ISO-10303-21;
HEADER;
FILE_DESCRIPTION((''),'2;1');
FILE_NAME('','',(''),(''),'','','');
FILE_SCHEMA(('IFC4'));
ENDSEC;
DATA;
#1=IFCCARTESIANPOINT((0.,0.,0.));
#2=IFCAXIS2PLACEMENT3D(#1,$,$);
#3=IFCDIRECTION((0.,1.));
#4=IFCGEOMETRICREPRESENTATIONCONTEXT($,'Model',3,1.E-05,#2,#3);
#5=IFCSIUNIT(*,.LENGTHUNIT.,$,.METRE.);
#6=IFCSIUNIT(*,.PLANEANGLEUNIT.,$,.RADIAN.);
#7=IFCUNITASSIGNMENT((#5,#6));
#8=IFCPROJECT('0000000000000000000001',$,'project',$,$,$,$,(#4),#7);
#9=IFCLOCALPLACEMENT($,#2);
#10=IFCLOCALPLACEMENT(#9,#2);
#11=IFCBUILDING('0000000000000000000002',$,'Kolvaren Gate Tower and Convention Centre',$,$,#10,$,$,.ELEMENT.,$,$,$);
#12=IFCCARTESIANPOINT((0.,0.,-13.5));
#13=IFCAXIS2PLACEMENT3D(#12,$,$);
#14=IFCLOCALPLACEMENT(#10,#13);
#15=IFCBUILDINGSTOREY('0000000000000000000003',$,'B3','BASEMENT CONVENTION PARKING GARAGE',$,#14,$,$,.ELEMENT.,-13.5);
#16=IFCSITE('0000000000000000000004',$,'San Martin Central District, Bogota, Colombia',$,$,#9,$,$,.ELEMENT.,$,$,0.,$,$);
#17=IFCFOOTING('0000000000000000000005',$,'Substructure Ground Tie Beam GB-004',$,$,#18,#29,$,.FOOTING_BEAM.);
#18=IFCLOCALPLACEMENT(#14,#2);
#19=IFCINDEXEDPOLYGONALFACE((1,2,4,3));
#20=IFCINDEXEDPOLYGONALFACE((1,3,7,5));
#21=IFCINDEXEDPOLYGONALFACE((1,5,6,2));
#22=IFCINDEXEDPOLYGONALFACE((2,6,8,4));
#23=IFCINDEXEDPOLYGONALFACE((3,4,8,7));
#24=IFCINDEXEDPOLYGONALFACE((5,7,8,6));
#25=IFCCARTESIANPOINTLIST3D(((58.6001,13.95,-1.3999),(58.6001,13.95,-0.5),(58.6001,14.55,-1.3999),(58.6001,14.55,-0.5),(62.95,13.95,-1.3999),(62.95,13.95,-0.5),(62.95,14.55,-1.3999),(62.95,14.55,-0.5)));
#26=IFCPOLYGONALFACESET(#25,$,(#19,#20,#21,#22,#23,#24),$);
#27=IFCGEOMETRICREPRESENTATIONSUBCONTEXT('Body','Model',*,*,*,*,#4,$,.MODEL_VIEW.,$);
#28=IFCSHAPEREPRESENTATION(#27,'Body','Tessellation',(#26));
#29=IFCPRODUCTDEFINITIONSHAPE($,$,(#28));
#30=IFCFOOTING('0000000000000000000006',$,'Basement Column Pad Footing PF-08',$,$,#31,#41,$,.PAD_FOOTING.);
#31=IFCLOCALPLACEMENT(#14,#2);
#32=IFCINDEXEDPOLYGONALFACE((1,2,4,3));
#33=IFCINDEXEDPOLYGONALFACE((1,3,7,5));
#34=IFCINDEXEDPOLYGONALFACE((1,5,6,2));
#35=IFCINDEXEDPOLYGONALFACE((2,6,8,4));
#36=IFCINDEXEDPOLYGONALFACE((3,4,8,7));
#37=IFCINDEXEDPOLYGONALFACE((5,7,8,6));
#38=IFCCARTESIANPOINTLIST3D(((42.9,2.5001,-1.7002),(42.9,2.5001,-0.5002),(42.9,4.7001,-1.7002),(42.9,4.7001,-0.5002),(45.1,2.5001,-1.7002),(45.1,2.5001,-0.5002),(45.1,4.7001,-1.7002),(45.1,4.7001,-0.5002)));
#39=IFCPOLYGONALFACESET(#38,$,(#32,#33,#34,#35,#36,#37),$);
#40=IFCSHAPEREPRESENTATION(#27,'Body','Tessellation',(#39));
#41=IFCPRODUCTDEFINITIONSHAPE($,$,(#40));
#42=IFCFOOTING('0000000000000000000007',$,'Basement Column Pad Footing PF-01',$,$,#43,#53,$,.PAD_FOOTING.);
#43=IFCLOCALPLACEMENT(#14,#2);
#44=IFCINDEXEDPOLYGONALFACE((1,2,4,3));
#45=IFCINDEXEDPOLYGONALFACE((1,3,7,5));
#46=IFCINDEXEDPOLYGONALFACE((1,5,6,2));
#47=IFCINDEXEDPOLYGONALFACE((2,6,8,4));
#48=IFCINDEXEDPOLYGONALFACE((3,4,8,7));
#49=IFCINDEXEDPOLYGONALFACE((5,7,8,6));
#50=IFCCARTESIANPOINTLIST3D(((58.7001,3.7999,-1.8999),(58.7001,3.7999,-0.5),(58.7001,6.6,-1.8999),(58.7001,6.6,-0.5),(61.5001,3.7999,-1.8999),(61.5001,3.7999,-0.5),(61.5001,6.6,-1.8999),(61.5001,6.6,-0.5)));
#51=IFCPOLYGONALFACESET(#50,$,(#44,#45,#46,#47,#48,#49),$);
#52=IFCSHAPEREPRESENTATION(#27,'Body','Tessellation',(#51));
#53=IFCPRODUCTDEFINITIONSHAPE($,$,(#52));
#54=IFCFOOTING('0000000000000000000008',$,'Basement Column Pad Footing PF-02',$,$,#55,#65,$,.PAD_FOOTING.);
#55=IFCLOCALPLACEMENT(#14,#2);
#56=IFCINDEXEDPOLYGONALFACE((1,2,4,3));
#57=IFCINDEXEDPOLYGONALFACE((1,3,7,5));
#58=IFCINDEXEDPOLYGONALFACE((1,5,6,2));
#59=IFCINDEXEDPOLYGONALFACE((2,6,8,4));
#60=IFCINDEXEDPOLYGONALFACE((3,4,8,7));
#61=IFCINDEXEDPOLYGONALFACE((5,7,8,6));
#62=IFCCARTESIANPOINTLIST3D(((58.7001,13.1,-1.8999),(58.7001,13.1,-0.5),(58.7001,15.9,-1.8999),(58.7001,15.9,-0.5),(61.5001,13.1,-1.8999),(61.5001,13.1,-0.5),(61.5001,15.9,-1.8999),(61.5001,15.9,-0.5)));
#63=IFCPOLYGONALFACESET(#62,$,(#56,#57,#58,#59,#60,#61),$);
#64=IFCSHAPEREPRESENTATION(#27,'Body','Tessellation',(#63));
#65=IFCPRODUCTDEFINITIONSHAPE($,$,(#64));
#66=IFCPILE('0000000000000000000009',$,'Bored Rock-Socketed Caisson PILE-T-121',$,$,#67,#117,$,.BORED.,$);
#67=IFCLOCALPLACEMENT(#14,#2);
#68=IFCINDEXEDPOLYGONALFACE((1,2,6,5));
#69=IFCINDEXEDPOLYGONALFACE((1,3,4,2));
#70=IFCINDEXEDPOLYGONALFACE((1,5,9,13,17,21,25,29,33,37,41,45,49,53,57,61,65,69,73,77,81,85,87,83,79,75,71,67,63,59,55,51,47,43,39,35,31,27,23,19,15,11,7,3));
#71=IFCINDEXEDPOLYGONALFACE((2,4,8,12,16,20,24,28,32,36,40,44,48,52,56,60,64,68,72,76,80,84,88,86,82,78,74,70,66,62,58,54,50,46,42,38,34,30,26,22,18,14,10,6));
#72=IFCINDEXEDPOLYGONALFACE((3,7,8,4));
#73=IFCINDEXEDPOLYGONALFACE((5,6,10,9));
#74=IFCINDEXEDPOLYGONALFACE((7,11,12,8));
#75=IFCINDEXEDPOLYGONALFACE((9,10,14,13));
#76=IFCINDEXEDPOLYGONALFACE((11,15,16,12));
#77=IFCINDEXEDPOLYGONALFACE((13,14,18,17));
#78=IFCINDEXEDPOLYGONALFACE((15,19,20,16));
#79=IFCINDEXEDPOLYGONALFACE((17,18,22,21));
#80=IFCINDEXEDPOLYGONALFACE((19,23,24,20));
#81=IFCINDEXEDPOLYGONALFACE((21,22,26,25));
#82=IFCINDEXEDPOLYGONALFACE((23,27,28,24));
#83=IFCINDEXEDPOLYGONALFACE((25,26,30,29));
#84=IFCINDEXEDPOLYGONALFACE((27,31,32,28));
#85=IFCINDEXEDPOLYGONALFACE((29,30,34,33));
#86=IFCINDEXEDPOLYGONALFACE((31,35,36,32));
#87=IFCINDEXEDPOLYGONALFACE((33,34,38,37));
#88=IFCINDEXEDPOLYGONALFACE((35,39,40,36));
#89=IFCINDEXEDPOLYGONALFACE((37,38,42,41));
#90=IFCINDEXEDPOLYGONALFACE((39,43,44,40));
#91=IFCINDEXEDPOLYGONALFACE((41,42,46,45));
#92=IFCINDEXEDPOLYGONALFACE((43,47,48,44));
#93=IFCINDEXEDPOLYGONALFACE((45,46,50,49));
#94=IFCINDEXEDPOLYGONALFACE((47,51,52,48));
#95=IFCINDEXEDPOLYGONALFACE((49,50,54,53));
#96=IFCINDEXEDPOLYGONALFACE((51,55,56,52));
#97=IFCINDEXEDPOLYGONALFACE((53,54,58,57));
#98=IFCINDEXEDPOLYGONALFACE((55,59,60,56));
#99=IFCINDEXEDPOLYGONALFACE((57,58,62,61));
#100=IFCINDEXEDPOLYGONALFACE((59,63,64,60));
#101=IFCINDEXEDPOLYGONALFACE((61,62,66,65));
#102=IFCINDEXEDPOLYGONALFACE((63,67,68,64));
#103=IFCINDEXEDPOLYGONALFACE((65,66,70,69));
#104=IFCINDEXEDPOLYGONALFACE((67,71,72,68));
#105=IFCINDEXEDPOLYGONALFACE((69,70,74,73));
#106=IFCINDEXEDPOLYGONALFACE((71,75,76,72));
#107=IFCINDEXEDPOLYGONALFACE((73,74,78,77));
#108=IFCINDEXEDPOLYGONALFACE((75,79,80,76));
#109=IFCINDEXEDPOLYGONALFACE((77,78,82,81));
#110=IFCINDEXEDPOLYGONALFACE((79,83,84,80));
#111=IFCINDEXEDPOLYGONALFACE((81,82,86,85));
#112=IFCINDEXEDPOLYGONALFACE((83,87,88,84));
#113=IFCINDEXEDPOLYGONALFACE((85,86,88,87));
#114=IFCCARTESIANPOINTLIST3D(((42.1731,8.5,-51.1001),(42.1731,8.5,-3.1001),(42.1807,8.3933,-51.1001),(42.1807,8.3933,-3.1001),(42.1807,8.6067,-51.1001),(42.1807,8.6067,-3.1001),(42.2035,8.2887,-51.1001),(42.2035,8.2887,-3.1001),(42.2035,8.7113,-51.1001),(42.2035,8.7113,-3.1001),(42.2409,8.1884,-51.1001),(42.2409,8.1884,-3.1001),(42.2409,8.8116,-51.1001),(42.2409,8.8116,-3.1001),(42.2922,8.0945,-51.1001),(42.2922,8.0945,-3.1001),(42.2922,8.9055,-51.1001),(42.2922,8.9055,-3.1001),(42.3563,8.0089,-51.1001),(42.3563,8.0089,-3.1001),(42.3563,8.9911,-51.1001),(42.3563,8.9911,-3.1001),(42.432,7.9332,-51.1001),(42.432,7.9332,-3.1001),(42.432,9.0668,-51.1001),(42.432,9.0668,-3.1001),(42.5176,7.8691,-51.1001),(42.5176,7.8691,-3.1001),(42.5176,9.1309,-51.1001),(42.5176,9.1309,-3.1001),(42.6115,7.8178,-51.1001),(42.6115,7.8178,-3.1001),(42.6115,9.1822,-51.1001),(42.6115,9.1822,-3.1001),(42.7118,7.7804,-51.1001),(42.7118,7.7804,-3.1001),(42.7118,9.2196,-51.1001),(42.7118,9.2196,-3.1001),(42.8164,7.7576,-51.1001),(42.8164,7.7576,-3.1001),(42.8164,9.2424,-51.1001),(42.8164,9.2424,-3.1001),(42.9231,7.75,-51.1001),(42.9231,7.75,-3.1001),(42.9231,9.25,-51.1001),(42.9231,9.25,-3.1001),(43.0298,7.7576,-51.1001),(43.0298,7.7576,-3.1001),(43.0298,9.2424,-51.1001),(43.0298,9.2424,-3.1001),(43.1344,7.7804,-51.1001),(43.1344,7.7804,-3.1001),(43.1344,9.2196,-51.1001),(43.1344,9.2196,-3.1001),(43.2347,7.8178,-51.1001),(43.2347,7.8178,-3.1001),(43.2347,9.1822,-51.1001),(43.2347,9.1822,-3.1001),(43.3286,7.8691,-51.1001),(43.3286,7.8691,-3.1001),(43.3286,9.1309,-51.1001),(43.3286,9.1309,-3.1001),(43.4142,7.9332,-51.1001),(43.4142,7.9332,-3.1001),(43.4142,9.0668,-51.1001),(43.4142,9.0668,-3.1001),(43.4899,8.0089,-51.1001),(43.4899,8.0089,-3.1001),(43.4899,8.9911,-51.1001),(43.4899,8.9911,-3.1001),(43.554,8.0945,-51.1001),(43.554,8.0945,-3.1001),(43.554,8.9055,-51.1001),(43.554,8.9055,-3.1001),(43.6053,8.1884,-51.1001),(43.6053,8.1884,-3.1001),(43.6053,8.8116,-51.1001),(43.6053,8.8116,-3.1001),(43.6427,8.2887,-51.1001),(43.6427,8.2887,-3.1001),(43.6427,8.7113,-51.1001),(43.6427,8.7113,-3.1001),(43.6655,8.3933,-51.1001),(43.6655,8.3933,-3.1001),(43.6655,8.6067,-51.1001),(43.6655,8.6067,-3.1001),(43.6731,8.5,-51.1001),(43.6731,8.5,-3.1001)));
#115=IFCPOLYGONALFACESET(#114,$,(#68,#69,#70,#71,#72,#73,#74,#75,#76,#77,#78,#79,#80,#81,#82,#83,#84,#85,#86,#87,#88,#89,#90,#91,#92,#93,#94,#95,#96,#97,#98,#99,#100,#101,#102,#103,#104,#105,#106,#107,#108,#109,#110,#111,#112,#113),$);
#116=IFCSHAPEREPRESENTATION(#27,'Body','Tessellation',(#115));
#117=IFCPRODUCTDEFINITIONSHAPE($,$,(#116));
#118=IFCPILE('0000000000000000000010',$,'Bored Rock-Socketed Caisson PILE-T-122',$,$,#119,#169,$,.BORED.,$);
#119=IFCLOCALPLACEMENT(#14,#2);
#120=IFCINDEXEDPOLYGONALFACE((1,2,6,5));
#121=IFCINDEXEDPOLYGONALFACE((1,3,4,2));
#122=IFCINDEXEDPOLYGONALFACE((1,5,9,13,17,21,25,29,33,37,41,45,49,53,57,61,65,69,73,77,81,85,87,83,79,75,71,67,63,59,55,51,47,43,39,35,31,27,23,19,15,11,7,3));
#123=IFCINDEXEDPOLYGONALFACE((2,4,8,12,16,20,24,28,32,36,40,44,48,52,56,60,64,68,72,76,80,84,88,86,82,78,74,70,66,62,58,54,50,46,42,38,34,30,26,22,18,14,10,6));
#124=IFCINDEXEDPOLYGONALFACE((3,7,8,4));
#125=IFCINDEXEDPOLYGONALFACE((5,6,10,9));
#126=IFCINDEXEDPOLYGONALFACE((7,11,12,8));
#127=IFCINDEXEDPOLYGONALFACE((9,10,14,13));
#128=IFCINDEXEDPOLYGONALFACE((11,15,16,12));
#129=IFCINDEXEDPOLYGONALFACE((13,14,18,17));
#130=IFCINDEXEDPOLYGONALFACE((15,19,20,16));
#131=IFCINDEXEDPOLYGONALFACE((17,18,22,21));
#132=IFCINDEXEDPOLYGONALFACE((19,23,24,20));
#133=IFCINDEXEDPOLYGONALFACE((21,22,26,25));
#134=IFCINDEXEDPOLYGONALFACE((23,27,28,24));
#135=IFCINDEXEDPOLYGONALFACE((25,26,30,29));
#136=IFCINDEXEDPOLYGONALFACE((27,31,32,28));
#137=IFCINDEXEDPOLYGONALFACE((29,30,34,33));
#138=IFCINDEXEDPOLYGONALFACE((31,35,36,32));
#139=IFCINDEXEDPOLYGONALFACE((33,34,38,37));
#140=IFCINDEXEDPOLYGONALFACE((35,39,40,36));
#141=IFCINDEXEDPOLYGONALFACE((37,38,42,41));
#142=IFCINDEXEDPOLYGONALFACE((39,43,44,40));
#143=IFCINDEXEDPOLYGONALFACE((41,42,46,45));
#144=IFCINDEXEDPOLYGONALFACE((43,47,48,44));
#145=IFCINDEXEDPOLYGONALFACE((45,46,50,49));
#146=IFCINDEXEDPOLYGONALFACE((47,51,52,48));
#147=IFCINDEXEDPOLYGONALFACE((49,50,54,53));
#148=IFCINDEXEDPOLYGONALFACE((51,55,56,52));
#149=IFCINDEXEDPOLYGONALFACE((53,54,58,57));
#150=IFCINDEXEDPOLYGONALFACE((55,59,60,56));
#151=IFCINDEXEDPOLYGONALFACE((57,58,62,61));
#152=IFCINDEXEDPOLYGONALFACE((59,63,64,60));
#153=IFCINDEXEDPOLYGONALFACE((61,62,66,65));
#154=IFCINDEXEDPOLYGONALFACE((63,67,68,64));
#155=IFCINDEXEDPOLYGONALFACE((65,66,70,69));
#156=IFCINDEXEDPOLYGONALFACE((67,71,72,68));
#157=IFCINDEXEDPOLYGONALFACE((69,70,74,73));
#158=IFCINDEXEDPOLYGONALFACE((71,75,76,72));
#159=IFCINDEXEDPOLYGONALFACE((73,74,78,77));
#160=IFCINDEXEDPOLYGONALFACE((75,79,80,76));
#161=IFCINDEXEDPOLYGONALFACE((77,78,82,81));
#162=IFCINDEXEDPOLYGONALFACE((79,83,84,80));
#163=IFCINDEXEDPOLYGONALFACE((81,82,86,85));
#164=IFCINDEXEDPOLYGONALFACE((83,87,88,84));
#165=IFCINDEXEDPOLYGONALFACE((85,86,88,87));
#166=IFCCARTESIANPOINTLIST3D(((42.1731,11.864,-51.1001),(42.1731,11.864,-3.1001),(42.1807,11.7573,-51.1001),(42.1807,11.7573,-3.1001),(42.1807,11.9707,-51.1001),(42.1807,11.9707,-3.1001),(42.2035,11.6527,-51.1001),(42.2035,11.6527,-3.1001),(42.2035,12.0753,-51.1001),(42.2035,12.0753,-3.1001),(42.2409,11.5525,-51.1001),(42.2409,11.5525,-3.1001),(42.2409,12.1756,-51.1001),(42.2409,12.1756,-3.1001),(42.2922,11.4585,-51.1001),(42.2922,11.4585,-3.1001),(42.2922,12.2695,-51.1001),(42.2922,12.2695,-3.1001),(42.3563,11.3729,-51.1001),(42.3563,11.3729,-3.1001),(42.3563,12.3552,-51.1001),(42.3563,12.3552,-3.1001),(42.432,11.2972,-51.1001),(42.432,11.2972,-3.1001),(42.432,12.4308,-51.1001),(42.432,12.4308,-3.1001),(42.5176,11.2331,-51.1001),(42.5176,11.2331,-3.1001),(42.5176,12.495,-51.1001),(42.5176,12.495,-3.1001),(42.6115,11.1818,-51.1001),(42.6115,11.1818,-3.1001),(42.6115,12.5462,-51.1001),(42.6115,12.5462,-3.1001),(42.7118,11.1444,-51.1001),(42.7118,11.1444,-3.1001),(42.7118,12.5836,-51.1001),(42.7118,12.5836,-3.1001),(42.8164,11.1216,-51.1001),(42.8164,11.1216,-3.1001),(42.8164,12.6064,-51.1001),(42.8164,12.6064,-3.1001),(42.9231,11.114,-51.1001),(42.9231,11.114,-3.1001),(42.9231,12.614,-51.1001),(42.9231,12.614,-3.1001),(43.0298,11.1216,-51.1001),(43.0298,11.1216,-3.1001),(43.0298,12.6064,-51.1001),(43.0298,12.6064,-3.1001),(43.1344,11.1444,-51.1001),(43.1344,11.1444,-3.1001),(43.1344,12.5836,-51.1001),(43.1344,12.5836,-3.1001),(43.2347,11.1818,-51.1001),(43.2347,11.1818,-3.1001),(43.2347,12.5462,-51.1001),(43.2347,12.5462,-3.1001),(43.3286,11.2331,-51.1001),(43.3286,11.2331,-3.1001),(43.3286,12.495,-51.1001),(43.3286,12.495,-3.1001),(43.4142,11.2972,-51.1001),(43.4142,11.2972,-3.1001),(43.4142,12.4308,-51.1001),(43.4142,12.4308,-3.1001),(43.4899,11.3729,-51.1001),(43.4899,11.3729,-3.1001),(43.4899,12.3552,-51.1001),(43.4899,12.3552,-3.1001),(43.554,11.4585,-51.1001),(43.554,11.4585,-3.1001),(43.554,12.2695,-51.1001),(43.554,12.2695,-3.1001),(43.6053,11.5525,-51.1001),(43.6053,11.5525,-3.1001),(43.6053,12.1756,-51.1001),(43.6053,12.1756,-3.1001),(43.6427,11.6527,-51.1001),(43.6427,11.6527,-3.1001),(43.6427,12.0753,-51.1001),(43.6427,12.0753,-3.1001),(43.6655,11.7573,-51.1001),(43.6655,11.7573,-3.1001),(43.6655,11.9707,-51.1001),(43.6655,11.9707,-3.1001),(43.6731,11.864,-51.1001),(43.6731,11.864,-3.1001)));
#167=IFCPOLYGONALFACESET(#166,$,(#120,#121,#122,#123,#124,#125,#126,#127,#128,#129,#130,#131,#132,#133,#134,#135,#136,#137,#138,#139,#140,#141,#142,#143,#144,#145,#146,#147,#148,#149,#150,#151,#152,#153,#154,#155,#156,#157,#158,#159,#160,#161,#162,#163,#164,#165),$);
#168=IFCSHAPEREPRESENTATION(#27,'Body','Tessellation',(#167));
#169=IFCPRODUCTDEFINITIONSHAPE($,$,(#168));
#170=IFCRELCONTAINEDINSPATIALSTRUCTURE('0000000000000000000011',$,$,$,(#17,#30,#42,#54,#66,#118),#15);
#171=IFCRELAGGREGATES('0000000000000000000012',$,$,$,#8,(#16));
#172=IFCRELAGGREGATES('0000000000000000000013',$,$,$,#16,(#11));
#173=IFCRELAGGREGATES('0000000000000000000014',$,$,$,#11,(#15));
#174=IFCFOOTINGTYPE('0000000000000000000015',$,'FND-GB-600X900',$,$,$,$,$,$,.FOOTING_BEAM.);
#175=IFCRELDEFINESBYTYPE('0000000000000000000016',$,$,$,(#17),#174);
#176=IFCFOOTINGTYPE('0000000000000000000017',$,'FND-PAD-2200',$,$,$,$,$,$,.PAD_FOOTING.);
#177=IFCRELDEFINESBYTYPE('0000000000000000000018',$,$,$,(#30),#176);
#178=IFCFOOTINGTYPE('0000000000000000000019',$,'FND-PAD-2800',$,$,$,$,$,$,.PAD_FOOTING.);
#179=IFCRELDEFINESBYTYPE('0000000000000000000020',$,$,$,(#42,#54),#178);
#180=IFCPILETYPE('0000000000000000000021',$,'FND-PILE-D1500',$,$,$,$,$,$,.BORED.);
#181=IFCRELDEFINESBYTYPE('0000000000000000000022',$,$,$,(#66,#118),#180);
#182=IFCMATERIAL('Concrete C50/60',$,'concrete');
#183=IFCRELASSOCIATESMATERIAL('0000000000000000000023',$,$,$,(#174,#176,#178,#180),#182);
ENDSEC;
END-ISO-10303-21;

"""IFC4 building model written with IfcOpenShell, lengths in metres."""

from ifc_helpers import new_model, si_unit, direction, frame, origin, origin_2d, place, context, subcontext, project, spatial, rectangle, circle, extrude, material, material_profile, profile_set, type_object, element, save


model = new_model("IFC4")

# Units and contexts
model_context = context("Model", 3, precision=1e-05, world=origin(), true_north=direction((0.0, 1.0)))
body_context = subcontext(model_context, "Body", "Model", "MODEL_VIEW")
ifc_project = project(units=[si_unit("LENGTHUNIT", "METRE"), si_unit("PLANEANGLEUNIT", "RADIAN")], contexts=[model_context])

# Site, building, storey
site_placement = place(None, origin())
site = spatial("IfcSite", under=ifc_project, at=site_placement, Name="San Martin Central District, Bogota, Colombia", CompositionType="ELEMENT", RefElevation=0.0)
building_placement = place(site_placement, origin())
building = spatial("IfcBuilding", under=site, at=building_placement, Name="Kolvaren Gate Tower and Convention Centre", CompositionType="ELEMENT")
storey_placement = place(building_placement, frame((0.0, 0.0, -13.5)))
storey = spatial("IfcBuildingStorey", under=building, at=storey_placement, Name="B3", Description="BASEMENT CONVENTION PARKING GARAGE", CompositionType="ELEMENT", Elevation=-13.5)

# Footings
ifc_material_1 = material(Name="Concrete C50/60", Category="concrete")
ifc_material_profile_1 = material_profile(ifc_material_1, rectangle(XDim=0.6001, YDim=0.8999, at=origin_2d()), Name="RC-BM-600X900")
ifc_profile_set_1 = profile_set([ifc_material_profile_1], Name="Concrete C50/60")
footing_type_1 = type_object("IfcFootingType", Name="FND-GB-600X900", PredefinedType="FOOTING_BEAM", material=ifc_profile_set_1)
footing_1_placement = place(storey_placement, frame((58.6001, 14.25, -0.95), z_axis=(1.0, 0.0, 0.0), x_axis=(0.0, 1.0, 0.0)))
element("IfcFooting", 1, at=footing_1_placement, inside=storey, type_object=footing_type_1, Name="Substructure Ground Tie Beam GB-004", PredefinedType="FOOTING_BEAM", context=body_context, shape_type="SweptSolid", body=[
    extrude(rectangle(XDim=0.6001, YDim=0.8999, at=origin_2d()), origin(), (0.0, 0.0, 1.0), 4.3499),
])
footing_type_2 = type_object("IfcFootingType", Name="FND-PAD-2200", PredefinedType="PAD_FOOTING", material=ifc_material_1)
footing_2_placement = place(storey_placement, frame((44.0, 3.6001, -1.7002), z_axis=(0.0, 0.0, 1.0), x_axis=(1.0, 0.0, 0.0)))
element("IfcFooting", 2, at=footing_2_placement, inside=storey, type_object=footing_type_2, Name="Basement Column Pad Footing PF-08", PredefinedType="PAD_FOOTING", context=body_context, shape_type="SweptSolid", body=[
    extrude(rectangle(XDim=2.2, YDim=2.2, at=origin_2d()), origin(), (0.0, 0.0, 1.0), 1.2),
])
footing_type_3 = type_object("IfcFootingType", Name="FND-PAD-2800", PredefinedType="PAD_FOOTING", material=ifc_material_1)
for number, where, z_axis, x_axis, name in (
    (3, (60.1001, 5.2, -1.8999), (0.0, 0.0, 1.0), (1.0, 0.0, 0.0), "Basement Column Pad Footing PF-01"),
    (4, (60.1001, 14.5, -1.8999), (0.0, 0.0, 1.0), (1.0, 0.0, 0.0), "Basement Column Pad Footing PF-02"),
):
    element("IfcFooting", number, at=place(storey_placement, frame(where, z_axis=z_axis, x_axis=x_axis)), inside=storey, type_object=footing_type_3, Name=name, PredefinedType="PAD_FOOTING", context=body_context, shape_type="SweptSolid", body=[
        extrude(rectangle(XDim=2.8, YDim=2.8, at=origin_2d()), origin(), (0.0, 0.0, 1.0), 1.3999),
    ])

# Piles
ifc_material_profile_2 = material_profile(ifc_material_1, circle(Radius=0.75, at=origin_2d()), Name="CAISSON-D1500")
ifc_profile_set_2 = profile_set([ifc_material_profile_2], Name="Concrete C50/60")
pile_type = type_object("IfcPileType", Name="FND-PILE-D1500", PredefinedType="BORED", material=ifc_profile_set_2)
for number, where, z_axis, x_axis, name in (
    (5, (42.9231, 8.5, -3.1001), (0.0, 0.0, -1.0), (1.0, 0.0, 0.0), "Bored Rock-Socketed Caisson PILE-T-121"),
    (6, (42.9231, 11.864, -3.1001), (0.0, 0.0, -1.0), (1.0, 0.0, 0.0), "Bored Rock-Socketed Caisson PILE-T-122"),
):
    element("IfcPile", number, at=place(storey_placement, frame(where, z_axis=z_axis, x_axis=x_axis)), inside=storey, type_object=pile_type, Name=name, PredefinedType="BORED", context=body_context, shape_type="SweptSolid", body=[
        extrude(circle(Radius=0.75, at=origin_2d()), origin(), (0.0, 0.0, 1.0), 48.0),
    ])

save(model, "model.ifc")
